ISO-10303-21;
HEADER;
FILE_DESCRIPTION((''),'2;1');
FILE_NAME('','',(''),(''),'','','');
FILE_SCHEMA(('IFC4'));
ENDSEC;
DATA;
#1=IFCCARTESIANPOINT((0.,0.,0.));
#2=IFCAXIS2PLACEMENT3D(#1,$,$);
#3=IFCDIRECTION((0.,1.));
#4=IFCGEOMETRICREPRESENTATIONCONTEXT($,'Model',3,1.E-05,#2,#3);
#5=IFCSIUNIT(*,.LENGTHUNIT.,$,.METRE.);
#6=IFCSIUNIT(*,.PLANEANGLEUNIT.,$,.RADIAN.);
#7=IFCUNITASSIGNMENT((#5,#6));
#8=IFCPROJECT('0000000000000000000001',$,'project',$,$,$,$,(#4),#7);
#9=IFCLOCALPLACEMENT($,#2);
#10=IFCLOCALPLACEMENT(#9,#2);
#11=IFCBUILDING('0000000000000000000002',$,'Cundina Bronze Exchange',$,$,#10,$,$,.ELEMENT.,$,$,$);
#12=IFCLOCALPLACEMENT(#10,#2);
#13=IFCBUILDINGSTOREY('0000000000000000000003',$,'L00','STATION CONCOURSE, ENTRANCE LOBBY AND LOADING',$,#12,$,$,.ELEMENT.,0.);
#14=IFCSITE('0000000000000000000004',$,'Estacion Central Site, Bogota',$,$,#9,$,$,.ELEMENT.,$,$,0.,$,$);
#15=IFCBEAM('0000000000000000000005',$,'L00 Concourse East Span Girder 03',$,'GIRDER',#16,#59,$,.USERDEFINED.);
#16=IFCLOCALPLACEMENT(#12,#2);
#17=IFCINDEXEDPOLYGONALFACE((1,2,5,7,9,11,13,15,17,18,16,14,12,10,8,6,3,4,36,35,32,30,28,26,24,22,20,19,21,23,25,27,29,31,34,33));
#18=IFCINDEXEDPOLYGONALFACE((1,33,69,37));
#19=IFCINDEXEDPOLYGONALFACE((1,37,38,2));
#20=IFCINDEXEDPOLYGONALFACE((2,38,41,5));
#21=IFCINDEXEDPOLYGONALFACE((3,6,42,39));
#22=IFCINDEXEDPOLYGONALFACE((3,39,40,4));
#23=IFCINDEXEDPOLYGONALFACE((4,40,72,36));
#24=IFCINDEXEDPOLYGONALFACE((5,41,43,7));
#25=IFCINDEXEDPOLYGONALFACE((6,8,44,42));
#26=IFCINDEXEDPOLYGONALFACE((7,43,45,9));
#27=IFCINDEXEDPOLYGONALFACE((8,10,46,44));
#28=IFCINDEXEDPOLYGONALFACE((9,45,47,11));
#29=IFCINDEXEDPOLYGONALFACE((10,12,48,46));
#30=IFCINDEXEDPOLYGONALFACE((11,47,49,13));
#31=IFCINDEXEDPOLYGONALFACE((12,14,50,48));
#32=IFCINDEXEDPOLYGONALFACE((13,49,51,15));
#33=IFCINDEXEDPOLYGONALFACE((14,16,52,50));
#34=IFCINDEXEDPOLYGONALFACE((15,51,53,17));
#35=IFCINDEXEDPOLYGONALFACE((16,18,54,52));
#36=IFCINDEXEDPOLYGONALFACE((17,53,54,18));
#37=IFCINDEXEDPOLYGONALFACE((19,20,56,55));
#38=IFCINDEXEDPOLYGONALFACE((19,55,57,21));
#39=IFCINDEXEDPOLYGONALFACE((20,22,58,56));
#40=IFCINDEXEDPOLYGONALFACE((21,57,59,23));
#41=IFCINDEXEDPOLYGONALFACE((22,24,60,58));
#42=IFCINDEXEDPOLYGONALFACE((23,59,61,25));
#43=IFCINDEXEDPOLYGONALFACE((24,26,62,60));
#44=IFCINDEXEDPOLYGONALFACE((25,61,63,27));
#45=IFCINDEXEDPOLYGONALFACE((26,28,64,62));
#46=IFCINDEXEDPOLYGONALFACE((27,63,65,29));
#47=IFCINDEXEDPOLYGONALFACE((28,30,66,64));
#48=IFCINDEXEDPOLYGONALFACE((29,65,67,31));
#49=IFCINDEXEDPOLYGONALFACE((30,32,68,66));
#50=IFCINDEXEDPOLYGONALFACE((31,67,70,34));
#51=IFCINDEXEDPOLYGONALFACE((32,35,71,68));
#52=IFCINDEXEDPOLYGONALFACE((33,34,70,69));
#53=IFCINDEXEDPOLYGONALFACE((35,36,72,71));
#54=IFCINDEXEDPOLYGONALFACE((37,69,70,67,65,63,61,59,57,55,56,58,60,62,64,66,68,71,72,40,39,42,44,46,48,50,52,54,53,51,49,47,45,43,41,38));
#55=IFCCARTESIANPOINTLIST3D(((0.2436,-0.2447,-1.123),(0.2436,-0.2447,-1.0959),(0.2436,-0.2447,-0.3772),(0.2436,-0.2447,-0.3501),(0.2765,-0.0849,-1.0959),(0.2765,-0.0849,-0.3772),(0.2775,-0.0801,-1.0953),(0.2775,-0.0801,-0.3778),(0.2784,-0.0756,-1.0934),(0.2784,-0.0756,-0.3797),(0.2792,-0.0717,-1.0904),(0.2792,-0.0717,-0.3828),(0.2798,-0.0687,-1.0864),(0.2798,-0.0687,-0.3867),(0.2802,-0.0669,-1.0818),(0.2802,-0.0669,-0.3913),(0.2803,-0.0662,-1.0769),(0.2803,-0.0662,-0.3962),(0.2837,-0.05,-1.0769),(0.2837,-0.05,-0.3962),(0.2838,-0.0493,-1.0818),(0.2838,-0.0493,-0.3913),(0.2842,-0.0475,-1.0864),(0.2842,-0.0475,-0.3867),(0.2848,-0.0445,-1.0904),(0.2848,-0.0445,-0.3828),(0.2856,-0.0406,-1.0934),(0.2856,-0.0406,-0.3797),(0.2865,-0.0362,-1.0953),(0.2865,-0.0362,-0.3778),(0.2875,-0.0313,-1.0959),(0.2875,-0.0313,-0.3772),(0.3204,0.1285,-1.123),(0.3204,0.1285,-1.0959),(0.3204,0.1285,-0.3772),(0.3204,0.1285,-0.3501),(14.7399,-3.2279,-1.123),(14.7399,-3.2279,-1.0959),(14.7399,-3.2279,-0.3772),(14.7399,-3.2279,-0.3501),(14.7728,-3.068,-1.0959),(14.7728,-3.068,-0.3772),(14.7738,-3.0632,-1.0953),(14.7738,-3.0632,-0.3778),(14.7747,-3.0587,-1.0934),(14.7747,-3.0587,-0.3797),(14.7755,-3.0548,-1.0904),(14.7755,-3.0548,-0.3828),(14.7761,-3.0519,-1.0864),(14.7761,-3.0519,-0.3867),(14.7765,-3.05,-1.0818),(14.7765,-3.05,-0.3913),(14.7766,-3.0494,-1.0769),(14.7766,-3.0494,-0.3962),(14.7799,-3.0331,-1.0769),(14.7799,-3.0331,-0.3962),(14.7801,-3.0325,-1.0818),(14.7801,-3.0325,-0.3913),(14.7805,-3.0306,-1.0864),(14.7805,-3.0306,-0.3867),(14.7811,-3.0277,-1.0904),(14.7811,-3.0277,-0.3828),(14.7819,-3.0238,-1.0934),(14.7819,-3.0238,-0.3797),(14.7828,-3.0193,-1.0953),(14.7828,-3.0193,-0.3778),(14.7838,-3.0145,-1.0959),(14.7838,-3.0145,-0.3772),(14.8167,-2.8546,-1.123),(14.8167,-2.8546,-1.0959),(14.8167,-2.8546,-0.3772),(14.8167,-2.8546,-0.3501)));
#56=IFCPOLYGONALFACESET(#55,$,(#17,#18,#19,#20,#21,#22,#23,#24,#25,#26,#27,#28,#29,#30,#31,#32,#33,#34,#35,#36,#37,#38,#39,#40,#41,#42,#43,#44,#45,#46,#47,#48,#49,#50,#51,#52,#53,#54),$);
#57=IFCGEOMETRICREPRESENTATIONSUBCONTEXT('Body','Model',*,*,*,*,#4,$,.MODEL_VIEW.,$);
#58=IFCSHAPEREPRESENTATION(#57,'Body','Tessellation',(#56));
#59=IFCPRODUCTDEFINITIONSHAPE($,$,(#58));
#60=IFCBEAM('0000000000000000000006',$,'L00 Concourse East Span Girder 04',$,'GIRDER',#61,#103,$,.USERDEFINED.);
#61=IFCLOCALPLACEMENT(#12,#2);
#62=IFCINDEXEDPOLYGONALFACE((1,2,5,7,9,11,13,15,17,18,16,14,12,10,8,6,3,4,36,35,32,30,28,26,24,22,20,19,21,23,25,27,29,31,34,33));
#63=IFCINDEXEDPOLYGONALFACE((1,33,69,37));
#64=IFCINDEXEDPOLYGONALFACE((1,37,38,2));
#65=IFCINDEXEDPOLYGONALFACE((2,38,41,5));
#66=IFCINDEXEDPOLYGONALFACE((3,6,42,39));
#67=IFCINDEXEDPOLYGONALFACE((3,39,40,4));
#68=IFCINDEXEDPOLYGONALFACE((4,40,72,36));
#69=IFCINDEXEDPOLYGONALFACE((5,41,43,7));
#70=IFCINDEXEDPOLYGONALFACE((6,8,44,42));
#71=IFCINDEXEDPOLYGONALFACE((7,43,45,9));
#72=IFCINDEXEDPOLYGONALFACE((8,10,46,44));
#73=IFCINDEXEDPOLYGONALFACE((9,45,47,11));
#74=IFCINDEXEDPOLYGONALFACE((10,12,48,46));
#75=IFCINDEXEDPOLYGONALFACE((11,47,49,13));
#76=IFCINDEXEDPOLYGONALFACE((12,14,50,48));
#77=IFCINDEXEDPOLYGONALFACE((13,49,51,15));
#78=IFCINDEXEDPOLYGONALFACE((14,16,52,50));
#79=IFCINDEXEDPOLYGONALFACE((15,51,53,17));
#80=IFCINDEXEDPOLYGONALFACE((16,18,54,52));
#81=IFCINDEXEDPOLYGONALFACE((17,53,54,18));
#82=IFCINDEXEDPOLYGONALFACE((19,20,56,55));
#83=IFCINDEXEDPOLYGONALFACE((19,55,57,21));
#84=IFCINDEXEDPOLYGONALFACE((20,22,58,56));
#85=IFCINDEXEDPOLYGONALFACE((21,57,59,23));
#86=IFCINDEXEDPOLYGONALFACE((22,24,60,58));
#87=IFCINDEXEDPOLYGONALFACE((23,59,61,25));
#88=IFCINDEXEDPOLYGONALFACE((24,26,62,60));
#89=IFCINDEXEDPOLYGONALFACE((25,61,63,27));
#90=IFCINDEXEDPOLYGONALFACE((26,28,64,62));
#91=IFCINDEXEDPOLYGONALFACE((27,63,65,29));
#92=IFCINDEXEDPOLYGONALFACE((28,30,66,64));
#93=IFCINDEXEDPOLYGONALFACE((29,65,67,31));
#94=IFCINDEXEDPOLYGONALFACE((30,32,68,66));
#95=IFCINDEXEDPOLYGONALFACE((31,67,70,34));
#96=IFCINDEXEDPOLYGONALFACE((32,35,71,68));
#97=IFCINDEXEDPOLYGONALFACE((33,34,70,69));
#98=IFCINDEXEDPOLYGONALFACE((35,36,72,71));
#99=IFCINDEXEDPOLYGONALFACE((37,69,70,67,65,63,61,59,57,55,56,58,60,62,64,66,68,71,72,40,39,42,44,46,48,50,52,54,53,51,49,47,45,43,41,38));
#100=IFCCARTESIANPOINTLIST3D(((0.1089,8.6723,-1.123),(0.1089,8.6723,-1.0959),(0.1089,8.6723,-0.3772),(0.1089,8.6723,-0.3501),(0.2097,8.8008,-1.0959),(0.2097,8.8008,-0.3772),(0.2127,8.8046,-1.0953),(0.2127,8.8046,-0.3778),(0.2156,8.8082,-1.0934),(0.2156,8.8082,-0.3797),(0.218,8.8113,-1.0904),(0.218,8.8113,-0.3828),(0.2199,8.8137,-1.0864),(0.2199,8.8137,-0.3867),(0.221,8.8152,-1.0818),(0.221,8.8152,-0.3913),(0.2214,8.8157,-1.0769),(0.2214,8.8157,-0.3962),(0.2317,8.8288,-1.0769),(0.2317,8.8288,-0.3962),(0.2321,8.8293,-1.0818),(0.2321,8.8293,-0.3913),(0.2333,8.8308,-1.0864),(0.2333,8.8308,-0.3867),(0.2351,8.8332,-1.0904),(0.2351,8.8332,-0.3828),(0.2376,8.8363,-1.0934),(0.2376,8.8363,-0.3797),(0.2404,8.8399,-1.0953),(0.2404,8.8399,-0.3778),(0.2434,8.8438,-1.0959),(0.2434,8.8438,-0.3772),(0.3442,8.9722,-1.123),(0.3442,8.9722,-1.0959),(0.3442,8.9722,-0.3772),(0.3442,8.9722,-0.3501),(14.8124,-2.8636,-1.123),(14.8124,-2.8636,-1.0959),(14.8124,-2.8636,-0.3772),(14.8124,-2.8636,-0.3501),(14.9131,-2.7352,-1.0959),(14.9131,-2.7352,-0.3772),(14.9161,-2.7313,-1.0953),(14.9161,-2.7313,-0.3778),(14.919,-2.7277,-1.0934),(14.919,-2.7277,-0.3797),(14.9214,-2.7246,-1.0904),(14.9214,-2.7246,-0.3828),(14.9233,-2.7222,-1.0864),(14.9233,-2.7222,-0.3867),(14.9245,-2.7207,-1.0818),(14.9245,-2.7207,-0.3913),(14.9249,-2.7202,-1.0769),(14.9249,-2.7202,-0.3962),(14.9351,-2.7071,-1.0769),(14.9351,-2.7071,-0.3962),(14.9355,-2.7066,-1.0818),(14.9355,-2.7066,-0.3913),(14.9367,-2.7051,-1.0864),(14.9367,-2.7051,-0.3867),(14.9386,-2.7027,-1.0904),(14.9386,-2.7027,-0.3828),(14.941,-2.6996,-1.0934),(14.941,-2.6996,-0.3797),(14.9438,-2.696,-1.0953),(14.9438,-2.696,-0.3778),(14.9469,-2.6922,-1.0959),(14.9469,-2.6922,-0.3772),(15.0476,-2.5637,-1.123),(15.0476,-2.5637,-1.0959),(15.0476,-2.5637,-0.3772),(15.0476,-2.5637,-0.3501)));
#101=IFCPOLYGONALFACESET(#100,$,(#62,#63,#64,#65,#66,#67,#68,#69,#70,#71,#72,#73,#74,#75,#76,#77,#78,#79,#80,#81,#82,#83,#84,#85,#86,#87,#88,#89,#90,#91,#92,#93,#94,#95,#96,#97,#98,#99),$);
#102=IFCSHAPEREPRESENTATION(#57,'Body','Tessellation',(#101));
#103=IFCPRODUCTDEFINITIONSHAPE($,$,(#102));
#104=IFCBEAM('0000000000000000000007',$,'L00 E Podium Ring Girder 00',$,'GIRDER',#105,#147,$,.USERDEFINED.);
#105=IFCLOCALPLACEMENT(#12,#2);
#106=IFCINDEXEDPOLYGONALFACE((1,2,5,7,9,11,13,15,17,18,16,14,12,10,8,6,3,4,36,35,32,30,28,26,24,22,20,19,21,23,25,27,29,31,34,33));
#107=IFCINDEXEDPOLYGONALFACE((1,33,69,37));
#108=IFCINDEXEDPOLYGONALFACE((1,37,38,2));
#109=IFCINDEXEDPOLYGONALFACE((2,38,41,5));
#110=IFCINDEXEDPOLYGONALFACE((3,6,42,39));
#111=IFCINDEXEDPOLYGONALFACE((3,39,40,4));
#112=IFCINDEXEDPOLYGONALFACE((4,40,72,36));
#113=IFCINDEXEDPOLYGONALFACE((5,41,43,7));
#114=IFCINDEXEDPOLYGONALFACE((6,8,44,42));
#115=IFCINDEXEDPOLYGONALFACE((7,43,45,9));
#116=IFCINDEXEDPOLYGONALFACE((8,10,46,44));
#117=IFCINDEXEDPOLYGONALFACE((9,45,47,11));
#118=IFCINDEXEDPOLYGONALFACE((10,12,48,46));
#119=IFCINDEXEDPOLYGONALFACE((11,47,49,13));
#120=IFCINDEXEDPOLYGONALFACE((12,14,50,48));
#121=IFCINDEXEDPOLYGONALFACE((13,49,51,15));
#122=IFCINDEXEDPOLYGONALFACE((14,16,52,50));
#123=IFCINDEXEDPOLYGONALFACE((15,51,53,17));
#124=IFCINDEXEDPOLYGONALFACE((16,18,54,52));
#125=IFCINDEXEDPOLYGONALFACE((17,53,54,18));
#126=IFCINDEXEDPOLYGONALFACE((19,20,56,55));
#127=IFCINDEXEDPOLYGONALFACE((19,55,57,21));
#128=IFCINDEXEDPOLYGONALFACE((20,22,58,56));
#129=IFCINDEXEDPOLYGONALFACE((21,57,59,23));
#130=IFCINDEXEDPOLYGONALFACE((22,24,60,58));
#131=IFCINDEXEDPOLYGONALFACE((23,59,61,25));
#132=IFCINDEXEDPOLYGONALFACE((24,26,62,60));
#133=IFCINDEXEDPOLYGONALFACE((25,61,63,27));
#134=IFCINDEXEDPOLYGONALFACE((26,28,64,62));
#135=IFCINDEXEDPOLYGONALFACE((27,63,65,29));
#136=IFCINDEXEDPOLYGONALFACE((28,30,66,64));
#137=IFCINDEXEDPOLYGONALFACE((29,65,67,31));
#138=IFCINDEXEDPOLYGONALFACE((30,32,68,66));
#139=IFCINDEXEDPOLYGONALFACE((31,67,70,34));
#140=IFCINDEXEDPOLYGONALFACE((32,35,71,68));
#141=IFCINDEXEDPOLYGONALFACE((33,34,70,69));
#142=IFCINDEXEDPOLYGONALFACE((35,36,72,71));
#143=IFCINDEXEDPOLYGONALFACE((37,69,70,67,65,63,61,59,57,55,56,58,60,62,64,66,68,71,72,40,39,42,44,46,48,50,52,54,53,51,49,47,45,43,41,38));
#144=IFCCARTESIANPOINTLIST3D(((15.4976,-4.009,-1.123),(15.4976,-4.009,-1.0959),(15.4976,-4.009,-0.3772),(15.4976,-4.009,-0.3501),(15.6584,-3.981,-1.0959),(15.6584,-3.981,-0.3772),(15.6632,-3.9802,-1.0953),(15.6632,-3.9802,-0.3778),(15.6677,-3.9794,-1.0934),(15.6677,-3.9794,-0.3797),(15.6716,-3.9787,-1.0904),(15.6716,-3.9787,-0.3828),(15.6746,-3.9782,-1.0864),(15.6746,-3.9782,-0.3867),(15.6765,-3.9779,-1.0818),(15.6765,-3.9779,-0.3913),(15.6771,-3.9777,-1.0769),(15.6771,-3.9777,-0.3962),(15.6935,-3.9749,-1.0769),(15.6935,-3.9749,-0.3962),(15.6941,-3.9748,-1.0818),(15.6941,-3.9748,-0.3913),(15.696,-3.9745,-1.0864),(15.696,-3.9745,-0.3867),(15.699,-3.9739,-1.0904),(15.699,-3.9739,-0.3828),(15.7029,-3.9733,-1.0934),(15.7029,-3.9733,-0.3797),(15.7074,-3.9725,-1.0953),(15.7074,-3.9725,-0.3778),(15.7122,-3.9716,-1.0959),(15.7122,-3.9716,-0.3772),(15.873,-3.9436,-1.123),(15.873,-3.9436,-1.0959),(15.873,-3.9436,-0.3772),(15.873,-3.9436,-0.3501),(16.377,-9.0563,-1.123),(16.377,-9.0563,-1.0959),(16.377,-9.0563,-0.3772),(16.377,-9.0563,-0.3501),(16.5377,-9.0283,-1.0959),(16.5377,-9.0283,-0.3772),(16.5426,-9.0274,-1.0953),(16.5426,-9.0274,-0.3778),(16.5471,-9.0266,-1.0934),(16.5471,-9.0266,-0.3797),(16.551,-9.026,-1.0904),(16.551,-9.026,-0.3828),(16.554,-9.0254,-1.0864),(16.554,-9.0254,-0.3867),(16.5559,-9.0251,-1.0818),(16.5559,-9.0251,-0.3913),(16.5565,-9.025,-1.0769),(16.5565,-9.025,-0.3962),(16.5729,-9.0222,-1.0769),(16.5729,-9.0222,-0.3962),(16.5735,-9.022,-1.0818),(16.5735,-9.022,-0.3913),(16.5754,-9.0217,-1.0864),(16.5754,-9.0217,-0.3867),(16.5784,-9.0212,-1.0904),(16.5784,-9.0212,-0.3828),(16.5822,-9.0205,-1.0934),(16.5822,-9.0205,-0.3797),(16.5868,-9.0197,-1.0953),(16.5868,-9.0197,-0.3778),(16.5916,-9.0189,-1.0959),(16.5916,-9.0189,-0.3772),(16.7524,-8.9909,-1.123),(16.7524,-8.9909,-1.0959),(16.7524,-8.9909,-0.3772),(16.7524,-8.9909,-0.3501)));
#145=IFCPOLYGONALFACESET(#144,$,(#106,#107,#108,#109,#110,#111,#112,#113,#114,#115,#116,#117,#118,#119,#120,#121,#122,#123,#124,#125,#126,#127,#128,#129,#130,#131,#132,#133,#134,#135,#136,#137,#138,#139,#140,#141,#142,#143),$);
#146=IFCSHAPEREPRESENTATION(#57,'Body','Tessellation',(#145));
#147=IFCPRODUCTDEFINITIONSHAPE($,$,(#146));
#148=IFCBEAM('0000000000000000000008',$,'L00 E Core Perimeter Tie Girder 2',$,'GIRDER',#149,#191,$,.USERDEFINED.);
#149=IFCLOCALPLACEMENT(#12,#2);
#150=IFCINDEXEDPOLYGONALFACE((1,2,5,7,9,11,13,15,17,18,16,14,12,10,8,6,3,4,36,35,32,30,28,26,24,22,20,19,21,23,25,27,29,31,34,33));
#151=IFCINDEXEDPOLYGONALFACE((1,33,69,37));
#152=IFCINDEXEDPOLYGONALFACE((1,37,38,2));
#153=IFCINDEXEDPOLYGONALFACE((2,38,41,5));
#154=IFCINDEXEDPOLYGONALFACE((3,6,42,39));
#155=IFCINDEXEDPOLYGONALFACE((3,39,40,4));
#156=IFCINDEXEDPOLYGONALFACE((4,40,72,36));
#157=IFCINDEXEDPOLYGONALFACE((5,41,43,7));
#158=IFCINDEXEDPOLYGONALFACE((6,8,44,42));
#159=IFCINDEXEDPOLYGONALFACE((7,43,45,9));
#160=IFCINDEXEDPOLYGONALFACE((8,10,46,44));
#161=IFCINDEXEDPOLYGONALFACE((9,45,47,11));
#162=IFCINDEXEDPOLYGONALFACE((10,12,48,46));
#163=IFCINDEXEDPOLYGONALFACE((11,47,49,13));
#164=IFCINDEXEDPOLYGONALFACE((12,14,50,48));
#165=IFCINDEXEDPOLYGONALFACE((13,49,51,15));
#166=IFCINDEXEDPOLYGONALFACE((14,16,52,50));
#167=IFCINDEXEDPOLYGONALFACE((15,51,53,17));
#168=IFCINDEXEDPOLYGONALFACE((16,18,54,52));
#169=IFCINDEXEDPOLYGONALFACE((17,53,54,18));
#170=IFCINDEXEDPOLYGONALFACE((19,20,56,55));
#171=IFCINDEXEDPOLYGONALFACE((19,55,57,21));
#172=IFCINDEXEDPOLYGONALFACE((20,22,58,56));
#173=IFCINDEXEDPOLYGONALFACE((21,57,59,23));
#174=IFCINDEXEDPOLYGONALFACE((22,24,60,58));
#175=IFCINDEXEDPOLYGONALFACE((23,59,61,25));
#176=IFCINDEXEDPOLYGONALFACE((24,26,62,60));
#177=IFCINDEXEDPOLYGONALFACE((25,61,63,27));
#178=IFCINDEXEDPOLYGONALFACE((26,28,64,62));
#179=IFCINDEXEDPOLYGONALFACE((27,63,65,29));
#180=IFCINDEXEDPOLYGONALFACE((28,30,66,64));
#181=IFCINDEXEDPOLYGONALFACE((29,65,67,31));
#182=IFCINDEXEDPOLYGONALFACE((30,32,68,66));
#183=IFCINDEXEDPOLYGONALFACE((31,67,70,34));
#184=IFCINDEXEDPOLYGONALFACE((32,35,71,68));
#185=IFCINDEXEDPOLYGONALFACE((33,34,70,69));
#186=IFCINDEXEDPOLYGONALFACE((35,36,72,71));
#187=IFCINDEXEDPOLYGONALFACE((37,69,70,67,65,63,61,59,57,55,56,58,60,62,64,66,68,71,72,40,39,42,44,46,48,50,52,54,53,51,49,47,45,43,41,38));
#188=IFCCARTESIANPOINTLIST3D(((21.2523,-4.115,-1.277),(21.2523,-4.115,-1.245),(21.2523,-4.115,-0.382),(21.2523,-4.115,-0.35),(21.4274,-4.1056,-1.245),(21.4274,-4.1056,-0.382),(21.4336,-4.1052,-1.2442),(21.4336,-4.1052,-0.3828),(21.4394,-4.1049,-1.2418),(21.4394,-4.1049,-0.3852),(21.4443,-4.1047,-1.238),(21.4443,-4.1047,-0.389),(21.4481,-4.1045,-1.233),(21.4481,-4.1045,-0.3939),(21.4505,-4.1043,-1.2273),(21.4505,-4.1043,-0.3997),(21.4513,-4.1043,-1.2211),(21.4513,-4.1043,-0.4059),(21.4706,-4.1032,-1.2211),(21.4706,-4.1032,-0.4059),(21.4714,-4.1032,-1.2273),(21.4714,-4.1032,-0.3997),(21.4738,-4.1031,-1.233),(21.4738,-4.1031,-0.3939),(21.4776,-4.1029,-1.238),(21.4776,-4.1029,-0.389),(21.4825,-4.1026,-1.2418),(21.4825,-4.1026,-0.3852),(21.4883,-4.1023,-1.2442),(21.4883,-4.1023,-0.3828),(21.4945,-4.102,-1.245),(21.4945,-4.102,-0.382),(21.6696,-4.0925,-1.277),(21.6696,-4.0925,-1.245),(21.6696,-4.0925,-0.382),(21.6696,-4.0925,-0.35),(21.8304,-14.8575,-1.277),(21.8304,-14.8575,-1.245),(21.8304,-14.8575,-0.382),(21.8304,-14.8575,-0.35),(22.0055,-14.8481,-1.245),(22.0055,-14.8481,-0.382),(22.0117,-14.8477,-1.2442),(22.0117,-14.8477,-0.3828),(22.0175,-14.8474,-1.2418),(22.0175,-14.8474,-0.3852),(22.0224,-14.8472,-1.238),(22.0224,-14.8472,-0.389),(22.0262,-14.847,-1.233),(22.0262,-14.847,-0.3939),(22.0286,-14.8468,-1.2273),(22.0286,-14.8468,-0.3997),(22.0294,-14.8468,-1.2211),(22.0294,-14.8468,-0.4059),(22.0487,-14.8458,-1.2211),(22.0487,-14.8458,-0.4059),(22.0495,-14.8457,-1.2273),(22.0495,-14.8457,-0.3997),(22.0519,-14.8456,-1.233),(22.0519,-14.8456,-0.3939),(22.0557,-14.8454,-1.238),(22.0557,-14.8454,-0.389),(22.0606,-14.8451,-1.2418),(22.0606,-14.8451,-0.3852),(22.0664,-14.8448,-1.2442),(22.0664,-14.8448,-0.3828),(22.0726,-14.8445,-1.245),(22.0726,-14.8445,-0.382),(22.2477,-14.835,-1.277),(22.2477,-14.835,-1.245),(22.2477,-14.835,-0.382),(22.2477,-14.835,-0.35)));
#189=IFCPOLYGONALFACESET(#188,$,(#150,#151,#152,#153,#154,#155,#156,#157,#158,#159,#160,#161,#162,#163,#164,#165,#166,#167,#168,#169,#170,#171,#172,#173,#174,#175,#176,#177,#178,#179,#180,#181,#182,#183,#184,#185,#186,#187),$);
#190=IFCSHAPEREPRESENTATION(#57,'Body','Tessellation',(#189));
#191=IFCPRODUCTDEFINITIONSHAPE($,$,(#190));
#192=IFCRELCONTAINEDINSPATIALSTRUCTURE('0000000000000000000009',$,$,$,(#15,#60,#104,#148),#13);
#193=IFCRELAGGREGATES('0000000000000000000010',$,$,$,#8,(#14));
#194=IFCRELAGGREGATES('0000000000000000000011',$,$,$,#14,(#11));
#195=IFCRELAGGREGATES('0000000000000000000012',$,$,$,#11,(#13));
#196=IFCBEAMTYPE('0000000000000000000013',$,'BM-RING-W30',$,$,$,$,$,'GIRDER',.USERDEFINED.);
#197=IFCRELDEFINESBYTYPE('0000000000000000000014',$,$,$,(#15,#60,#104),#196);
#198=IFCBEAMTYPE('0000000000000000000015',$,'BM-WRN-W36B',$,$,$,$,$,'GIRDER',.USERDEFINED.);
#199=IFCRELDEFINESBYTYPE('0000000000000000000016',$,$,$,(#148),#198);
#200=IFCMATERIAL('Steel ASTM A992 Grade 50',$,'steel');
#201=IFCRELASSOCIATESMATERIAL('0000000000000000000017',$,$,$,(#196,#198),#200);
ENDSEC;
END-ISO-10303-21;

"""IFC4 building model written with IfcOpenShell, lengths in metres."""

from ifc_helpers import new_model, si_unit, direction, frame, origin, origin_2d, place, context, subcontext, project, spatial, i_section, extrude, material, material_profile, profile_set, type_object, element, save


model = new_model("IFC4")

# Units and contexts
model_context = context("Model", 3, precision=1e-05, world=origin(), true_north=direction((0.0, 1.0)))
body_context = subcontext(model_context, "Body", "Model", "MODEL_VIEW")
ifc_project = project(units=[si_unit("LENGTHUNIT", "METRE"), si_unit("PLANEANGLEUNIT", "RADIAN")], contexts=[model_context])

# Site, building, storey
site_placement = place(None, origin())
site = spatial("IfcSite", under=ifc_project, at=site_placement, Name="Estacion Central Site, Bogota", CompositionType="ELEMENT", RefElevation=0.0)
building_placement = place(site_placement, origin())
building = spatial("IfcBuilding", under=site, at=building_placement, Name="Cundina Bronze Exchange", CompositionType="ELEMENT")
storey_placement = place(building_placement, origin())
storey = spatial("IfcBuildingStorey", under=building, at=storey_placement, Name="L00", Description="STATION CONCOURSE, ENTRANCE LOBBY AND LOADING", CompositionType="ELEMENT", Elevation=0.0)

# Shared definitions
ifc_material_1 = material(Name="Steel ASTM A992 Grade 50", Category="steel")

# Beams
ifc_material_profile_1 = material_profile(ifc_material_1, i_section(OverallWidth=0.3811, OverallDepth=0.7729, WebThickness=0.0166, FlangeThickness=0.0271, FilletRadius=0.019, at=origin_2d()), Name="W30X173", Category="steel")
ifc_profile_set_1 = profile_set([ifc_material_profile_1], Name="Steel ASTM A992 Grade 50")
beam_type_1 = type_object("IfcBeamType", Name="BM-RING-W30", ElementType="GIRDER", PredefinedType="USERDEFINED", material=ifc_profile_set_1)
beam_1_placement = place(storey_placement, frame((0.282, -0.0581, -0.7366), z_axis=(0.979476, -0.201563, 0.0), x_axis=(0.201563, 0.979476, 0.0)))
element("IfcBeam", 1, at=beam_1_placement, inside=storey, type_object=beam_type_1, Name="L00 Concourse East Span Girder 03", ObjectType="GIRDER", PredefinedType="USERDEFINED", context=body_context, shape_type="SweptSolid", body=[
    extrude(i_section(OverallWidth=0.3811, OverallDepth=0.7729, WebThickness=0.0166, FlangeThickness=0.0271, FilletRadius=0.019, at=origin_2d()), origin(), (0.0, 0.0, 1.0), 14.8),
])
beam_2_placement = place(storey_placement, frame((0.2266, 8.8223, -0.7366), z_axis=(0.786754, -0.617267, 0.0), x_axis=(0.617267, 0.786754, 0.0)))
element("IfcBeam", 2, at=beam_2_placement, inside=storey, type_object=beam_type_1, Name="L00 Concourse East Span Girder 04", ObjectType="GIRDER", PredefinedType="USERDEFINED", context=body_context, shape_type="SweptSolid", body=[
    extrude(i_section(OverallWidth=0.3811, OverallDepth=0.7729, WebThickness=0.0166, FlangeThickness=0.0271, FilletRadius=0.019, at=origin_2d()), origin(), (0.0, 0.0, 1.0), 18.6887),
])
beam_3_placement = place(storey_placement, frame((15.6853, -3.9763, -0.7366), z_axis=(0.171643, -0.985159, 0.0), x_axis=(0.985159, 0.171643, 0.0)))
element("IfcBeam", 3, at=beam_3_placement, inside=storey, type_object=beam_type_1, Name="L00 E Podium Ring Girder 00", ObjectType="GIRDER", PredefinedType="USERDEFINED", context=body_context, shape_type="SweptSolid", body=[
    extrude(i_section(OverallWidth=0.3811, OverallDepth=0.7729, WebThickness=0.0166, FlangeThickness=0.0271, FilletRadius=0.019, at=origin_2d()), origin(), (0.0, 0.0, 1.0), 5.1233),
])
ifc_material_profile_2 = material_profile(ifc_material_1, i_section(OverallWidth=0.418, OverallDepth=0.927, WebThickness=0.0193, FlangeThickness=0.032, FilletRadius=0.0239, at=origin_2d()), Name="W36X231", Category="steel")
ifc_profile_set_2 = profile_set([ifc_material_profile_2], Name="Steel ASTM A992 Grade 50")
beam_type_2 = type_object("IfcBeamType", Name="BM-WRN-W36B", ElementType="GIRDER", PredefinedType="USERDEFINED", material=ifc_profile_set_2)
beam_4_placement = place(storey_placement, frame((21.4609, -4.1038, -0.8135), z_axis=(0.053739, -0.998555, 0.0), x_axis=(0.998555, 0.053739, 0.0)))
element("IfcBeam", 4, at=beam_4_placement, inside=storey, type_object=beam_type_2, Name="L00 E Core Perimeter Tie Girder 2", ObjectType="GIRDER", PredefinedType="USERDEFINED", context=body_context, shape_type="SweptSolid", body=[
    extrude(i_section(OverallWidth=0.418, OverallDepth=0.927, WebThickness=0.0193, FlangeThickness=0.032, FilletRadius=0.0239, at=origin_2d()), origin(), (0.0, 0.0, 1.0), 10.7581),
])

save(model, "model.ifc")
